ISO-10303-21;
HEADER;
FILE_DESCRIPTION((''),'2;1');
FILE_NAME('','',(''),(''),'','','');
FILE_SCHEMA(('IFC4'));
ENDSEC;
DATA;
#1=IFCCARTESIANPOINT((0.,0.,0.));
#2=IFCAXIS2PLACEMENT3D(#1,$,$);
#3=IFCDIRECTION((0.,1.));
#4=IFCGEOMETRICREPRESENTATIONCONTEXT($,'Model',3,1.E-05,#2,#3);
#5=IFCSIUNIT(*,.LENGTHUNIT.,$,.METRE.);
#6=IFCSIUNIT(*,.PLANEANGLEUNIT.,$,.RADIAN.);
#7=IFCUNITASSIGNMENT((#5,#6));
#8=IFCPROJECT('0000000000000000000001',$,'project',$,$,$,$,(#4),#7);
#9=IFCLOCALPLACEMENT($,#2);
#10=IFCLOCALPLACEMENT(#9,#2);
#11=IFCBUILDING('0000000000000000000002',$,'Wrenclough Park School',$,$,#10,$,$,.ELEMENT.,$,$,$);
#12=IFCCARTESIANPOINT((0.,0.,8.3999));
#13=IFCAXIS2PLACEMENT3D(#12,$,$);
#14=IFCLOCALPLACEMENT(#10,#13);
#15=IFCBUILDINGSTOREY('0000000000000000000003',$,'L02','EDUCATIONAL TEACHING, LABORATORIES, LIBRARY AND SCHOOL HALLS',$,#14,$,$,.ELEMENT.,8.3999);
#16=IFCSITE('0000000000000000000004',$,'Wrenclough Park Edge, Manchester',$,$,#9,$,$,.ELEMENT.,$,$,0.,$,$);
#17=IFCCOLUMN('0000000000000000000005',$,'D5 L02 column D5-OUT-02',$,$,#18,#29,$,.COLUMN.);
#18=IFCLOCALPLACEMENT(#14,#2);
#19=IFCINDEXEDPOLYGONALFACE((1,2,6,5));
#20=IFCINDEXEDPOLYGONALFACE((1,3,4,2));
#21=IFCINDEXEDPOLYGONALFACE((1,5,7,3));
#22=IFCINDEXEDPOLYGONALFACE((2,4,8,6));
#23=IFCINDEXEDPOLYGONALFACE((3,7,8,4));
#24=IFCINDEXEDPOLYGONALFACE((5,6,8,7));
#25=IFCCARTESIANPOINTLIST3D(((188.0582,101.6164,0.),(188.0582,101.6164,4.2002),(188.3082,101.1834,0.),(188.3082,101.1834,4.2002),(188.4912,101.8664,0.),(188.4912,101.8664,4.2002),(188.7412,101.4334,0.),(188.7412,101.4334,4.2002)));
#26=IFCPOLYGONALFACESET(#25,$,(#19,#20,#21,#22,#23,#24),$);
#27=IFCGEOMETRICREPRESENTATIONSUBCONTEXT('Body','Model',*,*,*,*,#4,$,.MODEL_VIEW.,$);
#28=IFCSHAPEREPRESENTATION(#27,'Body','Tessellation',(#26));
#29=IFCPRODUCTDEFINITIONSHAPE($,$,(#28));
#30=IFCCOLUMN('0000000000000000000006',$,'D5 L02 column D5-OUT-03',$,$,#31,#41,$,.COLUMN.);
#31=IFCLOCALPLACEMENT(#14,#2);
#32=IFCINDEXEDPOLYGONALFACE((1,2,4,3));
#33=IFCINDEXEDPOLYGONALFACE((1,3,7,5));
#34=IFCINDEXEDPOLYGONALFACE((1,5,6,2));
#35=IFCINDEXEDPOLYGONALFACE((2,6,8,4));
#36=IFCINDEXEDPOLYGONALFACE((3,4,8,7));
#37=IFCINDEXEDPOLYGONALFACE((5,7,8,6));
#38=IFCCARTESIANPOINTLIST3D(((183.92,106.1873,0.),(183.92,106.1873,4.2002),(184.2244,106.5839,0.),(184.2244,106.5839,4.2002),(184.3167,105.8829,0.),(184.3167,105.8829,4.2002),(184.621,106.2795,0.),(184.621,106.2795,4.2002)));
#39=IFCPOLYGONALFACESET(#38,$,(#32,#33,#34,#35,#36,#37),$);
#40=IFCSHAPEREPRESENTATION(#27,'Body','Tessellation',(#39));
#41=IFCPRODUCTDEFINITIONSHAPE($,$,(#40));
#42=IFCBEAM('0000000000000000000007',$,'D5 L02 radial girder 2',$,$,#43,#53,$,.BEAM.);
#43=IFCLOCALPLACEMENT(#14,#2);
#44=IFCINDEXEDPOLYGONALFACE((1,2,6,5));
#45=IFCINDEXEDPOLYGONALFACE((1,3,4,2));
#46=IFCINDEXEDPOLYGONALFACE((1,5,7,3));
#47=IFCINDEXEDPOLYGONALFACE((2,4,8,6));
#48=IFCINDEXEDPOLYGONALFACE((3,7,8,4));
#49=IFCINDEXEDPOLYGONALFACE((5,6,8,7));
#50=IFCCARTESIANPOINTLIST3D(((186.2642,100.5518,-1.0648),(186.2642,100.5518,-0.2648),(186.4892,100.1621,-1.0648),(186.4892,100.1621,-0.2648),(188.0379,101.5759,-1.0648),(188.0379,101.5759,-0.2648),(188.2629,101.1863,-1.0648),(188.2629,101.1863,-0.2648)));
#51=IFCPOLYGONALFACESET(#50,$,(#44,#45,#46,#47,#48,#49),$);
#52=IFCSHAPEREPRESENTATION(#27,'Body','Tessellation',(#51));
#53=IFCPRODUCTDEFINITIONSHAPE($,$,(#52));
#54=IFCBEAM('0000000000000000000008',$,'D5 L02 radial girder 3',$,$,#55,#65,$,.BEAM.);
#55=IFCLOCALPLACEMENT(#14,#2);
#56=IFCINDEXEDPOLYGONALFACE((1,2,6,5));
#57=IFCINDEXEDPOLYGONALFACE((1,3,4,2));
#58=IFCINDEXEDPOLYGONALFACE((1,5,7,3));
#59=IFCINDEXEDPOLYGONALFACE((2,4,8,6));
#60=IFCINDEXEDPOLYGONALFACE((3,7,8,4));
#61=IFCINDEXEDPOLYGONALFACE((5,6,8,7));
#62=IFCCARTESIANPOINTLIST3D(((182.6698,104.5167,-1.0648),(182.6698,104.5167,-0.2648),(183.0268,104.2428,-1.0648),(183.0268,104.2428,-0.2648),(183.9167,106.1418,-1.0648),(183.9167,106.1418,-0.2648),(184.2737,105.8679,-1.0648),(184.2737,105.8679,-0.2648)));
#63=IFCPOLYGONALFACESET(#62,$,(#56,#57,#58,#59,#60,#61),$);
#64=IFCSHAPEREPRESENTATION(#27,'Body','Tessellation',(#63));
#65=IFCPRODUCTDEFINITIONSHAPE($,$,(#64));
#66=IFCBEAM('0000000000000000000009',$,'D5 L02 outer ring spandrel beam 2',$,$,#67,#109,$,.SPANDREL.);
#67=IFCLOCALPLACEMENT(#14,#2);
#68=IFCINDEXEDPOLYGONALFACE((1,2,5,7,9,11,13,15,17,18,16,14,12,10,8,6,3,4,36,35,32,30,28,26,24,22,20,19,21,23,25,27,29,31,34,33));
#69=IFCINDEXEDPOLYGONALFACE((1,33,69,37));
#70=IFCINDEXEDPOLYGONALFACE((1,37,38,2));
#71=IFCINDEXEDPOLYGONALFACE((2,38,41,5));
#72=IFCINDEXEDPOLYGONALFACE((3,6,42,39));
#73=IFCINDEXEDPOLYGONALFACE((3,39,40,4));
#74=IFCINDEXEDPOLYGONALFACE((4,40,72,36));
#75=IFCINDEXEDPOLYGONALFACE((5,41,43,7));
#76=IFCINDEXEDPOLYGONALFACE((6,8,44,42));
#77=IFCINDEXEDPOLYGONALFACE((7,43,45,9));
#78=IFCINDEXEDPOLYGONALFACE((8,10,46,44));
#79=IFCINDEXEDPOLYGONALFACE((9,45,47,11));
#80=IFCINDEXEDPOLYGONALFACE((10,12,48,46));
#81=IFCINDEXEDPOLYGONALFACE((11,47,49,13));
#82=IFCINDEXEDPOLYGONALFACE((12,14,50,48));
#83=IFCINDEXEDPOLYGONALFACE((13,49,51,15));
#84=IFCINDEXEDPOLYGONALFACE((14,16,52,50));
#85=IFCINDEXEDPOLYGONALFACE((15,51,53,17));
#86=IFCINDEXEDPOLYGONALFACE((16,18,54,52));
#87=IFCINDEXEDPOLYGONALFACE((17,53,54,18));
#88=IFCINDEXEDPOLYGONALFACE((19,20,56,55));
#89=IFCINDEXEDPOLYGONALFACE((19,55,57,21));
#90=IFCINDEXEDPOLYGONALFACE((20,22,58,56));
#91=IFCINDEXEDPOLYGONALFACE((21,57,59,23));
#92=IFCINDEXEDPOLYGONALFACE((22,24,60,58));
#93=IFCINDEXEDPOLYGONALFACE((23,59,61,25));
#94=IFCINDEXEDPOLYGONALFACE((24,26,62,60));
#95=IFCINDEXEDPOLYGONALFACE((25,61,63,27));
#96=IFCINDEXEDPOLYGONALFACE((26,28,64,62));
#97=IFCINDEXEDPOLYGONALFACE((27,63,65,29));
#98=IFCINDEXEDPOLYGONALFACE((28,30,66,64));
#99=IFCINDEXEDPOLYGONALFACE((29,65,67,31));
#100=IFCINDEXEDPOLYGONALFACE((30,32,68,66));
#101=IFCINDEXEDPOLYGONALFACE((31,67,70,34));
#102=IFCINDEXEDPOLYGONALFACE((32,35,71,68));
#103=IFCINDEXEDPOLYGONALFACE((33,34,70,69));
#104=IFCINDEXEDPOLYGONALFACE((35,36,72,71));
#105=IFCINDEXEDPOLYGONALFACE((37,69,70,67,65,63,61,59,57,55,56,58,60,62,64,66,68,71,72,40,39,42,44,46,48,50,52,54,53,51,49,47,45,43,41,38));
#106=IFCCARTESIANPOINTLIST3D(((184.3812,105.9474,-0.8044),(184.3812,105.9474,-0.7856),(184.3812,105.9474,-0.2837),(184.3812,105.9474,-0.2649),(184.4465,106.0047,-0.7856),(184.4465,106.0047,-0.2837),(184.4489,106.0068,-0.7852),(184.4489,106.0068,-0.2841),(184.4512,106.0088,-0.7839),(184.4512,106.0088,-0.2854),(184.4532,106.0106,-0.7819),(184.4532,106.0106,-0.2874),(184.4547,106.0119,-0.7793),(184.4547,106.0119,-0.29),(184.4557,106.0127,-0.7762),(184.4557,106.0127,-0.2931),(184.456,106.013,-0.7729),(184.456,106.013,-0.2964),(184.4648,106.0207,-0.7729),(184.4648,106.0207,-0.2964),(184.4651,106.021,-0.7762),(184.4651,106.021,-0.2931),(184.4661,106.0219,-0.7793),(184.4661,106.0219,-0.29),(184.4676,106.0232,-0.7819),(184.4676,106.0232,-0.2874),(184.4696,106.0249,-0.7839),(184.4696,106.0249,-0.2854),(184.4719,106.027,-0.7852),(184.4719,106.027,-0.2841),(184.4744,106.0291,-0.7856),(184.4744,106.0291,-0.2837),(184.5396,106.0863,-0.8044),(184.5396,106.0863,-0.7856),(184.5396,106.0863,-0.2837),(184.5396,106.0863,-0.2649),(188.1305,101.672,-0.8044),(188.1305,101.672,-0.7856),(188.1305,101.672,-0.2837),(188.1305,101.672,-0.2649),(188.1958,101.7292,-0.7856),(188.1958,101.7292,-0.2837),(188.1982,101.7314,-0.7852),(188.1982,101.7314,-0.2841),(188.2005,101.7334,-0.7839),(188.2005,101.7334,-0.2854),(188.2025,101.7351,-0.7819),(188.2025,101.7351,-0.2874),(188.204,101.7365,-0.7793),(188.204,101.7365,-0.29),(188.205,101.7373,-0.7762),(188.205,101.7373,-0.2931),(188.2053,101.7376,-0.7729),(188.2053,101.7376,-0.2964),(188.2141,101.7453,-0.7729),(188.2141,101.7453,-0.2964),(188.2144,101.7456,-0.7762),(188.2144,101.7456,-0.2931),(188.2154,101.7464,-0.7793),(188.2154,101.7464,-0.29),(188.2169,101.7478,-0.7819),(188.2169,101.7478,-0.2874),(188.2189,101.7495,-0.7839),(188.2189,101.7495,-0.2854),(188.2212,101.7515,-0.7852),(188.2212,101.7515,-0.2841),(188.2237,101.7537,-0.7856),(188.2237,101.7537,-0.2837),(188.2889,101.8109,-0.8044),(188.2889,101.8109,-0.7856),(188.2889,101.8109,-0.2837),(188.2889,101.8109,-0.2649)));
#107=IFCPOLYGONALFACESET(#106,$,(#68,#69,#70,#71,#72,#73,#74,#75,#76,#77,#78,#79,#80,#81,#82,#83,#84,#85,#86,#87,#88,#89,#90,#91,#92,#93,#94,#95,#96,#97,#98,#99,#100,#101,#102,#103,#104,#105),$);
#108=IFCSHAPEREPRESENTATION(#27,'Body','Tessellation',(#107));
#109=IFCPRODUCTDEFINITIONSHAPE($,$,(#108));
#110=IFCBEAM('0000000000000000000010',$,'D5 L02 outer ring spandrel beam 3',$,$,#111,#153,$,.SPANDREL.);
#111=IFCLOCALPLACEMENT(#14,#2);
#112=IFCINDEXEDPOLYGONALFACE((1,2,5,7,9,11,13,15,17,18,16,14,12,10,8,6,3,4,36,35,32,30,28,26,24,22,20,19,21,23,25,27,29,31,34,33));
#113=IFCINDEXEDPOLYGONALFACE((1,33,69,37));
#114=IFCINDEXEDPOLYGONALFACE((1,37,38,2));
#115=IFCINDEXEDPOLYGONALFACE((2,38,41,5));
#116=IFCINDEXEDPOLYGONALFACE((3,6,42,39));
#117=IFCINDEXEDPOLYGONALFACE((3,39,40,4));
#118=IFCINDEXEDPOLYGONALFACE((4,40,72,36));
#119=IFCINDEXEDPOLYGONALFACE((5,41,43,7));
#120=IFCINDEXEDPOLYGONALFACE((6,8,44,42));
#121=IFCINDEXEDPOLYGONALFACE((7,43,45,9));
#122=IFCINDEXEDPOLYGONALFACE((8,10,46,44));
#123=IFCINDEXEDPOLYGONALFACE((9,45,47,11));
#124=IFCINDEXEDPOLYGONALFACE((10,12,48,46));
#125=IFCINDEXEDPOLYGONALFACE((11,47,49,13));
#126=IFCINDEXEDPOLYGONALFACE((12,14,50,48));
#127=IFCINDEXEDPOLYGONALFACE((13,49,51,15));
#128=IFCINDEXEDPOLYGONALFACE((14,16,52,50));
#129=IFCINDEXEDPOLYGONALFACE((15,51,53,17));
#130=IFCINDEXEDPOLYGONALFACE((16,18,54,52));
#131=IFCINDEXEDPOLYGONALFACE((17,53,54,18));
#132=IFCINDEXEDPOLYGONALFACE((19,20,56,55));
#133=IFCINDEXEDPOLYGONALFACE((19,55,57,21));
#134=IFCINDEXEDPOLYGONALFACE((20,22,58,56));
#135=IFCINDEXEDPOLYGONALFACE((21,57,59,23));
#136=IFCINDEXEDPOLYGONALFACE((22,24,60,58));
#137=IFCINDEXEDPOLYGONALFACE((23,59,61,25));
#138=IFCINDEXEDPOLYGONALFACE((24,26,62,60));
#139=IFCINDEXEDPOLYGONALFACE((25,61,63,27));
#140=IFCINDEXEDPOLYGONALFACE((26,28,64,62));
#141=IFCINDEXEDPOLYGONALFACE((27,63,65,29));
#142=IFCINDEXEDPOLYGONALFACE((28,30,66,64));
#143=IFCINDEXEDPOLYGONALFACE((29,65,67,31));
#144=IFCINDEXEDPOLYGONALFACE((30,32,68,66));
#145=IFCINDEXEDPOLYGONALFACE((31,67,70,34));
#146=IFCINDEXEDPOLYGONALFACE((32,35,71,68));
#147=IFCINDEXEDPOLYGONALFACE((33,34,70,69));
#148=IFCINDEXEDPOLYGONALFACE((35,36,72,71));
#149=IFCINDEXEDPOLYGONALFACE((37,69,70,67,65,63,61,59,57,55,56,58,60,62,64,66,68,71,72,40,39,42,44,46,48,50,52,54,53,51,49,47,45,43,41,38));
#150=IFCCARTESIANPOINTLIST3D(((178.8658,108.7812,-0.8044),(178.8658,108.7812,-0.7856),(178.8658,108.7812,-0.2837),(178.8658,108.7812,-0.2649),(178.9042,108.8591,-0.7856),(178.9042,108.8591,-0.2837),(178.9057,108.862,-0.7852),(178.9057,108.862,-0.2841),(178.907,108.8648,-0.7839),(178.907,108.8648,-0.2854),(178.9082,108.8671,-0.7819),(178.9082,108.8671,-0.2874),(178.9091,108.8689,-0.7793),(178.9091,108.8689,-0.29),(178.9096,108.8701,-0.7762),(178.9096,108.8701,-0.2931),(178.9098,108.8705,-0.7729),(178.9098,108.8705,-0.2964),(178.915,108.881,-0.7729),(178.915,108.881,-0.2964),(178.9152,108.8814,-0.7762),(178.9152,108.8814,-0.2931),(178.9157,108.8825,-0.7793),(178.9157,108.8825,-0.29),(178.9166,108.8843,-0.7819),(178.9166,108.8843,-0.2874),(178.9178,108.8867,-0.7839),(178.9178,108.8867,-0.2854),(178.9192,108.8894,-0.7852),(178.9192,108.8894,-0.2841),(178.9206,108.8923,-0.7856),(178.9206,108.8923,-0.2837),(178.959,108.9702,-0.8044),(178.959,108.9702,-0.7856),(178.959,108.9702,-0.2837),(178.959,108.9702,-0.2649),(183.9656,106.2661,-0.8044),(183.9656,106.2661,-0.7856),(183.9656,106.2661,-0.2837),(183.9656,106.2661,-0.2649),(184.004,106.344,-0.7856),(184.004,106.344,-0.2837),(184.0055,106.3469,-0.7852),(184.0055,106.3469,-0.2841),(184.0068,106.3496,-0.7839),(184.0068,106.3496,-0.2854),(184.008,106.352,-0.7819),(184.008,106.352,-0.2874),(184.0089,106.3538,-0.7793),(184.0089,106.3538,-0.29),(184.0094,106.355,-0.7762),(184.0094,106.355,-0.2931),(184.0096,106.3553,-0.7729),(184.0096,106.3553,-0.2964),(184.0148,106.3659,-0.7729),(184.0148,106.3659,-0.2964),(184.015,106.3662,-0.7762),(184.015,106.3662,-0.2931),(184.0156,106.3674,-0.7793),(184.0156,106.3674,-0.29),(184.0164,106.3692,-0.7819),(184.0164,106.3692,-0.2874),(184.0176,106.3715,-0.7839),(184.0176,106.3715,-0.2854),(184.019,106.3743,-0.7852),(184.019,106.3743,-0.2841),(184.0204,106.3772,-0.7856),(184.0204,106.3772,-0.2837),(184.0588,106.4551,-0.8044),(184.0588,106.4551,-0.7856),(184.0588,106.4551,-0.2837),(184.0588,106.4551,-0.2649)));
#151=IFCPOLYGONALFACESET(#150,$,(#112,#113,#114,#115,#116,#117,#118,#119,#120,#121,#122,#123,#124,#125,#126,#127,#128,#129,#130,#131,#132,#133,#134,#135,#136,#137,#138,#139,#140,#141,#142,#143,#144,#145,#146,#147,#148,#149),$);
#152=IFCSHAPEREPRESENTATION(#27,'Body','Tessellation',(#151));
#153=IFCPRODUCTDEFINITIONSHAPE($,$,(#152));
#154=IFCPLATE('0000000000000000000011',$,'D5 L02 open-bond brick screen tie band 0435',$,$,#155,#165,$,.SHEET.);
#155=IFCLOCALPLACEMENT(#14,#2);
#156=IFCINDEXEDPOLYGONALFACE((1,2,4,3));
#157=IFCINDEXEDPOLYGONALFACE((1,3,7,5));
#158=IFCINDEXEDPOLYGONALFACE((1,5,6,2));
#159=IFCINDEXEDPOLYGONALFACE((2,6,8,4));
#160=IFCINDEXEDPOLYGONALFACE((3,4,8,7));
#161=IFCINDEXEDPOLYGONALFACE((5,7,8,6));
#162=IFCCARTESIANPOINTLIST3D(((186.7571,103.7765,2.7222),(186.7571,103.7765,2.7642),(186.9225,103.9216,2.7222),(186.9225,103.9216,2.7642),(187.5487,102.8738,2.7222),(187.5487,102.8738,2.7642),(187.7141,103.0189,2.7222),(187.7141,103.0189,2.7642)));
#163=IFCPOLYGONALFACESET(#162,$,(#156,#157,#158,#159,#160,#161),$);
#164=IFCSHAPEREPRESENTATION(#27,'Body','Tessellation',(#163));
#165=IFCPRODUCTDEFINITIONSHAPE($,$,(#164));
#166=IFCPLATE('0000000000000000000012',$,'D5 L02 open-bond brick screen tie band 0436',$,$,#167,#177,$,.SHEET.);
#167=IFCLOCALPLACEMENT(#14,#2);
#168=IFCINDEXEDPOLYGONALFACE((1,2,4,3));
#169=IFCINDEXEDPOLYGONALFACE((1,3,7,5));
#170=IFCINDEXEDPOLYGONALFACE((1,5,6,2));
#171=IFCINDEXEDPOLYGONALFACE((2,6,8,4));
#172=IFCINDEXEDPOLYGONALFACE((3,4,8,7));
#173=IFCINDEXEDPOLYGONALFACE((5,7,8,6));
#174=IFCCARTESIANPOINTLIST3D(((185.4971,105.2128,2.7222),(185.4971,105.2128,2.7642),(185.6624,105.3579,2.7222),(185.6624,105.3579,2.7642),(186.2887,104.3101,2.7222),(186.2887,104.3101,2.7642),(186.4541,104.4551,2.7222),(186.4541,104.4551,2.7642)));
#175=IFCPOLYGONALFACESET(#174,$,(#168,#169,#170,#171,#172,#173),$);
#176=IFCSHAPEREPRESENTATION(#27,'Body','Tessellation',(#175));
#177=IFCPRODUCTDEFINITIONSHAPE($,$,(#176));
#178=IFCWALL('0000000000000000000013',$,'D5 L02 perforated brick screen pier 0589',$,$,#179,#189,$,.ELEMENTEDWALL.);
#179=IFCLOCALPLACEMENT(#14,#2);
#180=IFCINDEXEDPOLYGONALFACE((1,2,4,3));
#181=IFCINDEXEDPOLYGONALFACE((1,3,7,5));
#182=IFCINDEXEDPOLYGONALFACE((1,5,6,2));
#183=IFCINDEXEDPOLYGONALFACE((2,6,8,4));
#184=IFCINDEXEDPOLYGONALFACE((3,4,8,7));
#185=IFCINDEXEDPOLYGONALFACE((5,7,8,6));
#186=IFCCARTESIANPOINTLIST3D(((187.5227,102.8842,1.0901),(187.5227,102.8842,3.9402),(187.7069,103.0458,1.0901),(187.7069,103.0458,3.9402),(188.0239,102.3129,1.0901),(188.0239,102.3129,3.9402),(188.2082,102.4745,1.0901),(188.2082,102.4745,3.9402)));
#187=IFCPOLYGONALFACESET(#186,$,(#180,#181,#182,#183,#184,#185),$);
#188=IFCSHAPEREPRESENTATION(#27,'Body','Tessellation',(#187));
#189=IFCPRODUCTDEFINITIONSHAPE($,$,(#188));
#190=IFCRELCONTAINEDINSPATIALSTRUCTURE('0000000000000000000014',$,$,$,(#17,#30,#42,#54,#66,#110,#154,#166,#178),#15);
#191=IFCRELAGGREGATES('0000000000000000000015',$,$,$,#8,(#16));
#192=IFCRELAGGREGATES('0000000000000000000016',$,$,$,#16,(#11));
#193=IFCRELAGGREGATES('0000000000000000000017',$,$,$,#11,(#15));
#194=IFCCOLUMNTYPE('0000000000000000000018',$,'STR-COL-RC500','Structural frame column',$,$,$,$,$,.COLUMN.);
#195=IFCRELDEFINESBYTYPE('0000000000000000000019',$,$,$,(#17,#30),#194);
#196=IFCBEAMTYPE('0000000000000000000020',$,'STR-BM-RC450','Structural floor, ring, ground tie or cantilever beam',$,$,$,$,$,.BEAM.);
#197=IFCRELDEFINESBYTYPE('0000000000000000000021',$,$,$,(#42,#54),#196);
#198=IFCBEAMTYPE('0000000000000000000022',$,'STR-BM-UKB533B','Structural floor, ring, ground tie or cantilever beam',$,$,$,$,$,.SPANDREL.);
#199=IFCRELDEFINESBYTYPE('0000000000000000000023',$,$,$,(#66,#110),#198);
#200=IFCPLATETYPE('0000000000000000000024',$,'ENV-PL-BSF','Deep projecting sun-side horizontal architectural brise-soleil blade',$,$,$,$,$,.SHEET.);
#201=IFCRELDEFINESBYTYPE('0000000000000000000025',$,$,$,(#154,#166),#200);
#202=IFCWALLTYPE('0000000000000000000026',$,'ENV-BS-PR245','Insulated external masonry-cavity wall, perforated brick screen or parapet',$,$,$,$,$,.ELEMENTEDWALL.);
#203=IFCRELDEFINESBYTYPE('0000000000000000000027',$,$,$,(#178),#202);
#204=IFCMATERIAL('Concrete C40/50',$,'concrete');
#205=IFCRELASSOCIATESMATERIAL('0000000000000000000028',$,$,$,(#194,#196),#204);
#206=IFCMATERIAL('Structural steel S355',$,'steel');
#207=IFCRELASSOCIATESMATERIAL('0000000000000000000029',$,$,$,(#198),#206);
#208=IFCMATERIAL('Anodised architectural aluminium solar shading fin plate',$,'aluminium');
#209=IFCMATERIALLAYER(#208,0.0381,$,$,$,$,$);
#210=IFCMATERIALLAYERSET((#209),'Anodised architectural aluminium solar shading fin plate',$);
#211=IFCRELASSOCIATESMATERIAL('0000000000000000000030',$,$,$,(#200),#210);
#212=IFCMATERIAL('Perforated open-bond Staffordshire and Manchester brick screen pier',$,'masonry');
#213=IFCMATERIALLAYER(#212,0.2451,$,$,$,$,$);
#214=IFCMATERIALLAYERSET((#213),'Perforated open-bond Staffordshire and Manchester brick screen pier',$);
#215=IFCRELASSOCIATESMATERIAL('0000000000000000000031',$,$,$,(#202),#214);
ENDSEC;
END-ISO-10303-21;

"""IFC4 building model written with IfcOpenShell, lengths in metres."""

from ifc_helpers import new_model, si_unit, direction, frame, frame_2d, origin, origin_2d, place, context, subcontext, project, spatial, rectangle, i_section, extrude, material, layer, layer_set, material_profile, profile_set, type_object, element, save


model = new_model("IFC4")

# Units and contexts
model_context = context("Model", 3, precision=1e-05, world=origin(), true_north=direction((0.0, 1.0)))
body_context = subcontext(model_context, "Body", "Model", "MODEL_VIEW")
ifc_project = project(units=[si_unit("LENGTHUNIT", "METRE"), si_unit("PLANEANGLEUNIT", "RADIAN")], contexts=[model_context])

# Site, building, storey
site_placement = place(None, origin())
site = spatial("IfcSite", under=ifc_project, at=site_placement, Name="Wrenclough Park Edge, Manchester", CompositionType="ELEMENT", RefElevation=0.0)
building_placement = place(site_placement, origin())
building = spatial("IfcBuilding", under=site, at=building_placement, Name="Wrenclough Park School", CompositionType="ELEMENT")
storey_placement = place(building_placement, frame((0.0, 0.0, 8.3999)))
storey = spatial("IfcBuildingStorey", under=building, at=storey_placement, Name="L02", Description="EDUCATIONAL TEACHING, LABORATORIES, LIBRARY AND SCHOOL HALLS", CompositionType="ELEMENT", Elevation=8.3999)

# Columns
ifc_material_1 = material(Name="Concrete C40/50", Category="concrete")
ifc_material_profile_1 = material_profile(ifc_material_1, rectangle(XDim=0.5, YDim=0.5, at=origin_2d()), Name="RC COL 500x500")
ifc_profile_set_1 = profile_set([ifc_material_profile_1], Name="Concrete C40/50")
column_type = type_object("IfcColumnType", Name="STR-COL-RC500", Description="Structural frame column", PredefinedType="COLUMN", material=ifc_profile_set_1)
for number, where, z_axis, x_axis, name in (
    (1, (188.3997, 101.5249, 0.0), (0.0, 0.0, 1.0), (-0.5, 0.866025, 0.0), "D5 L02 column D5-OUT-02"),
    (2, (184.2705, 106.2334, 0.0), (0.0, 0.0, 1.0), (-0.793353, 0.608761, 0.0), "D5 L02 column D5-OUT-03"),
):
    element("IfcColumn", number, at=place(storey_placement, frame(where, z_axis=z_axis, x_axis=x_axis)), inside=storey, type_object=column_type, Name=name, PredefinedType="COLUMN", context=body_context, shape_type="SweptSolid", body=[
        extrude(rectangle(XDim=0.5, YDim=0.5, at=origin_2d()), origin(), (0.0, 0.0, 1.0), 4.2002),
    ])

# Beams
ifc_material_profile_2 = material_profile(ifc_material_1, rectangle(XDim=0.45, YDim=0.8, at=origin_2d()), Name="RC BEAM 450x800")
ifc_profile_set_2 = profile_set([ifc_material_profile_2], Name="Concrete C40/50")
beam_type_1 = type_object("IfcBeamType", Name="STR-BM-RC450", Description="Structural floor, ring, ground tie or cantilever beam", PredefinedType="BEAM", material=ifc_profile_set_2)
beam_1_placement = place(storey_placement, frame((188.1504, 101.3811, -0.6648), z_axis=(-0.865997, -0.500049, 0.0), x_axis=(0.500049, -0.865997, 0.0)))
element("IfcBeam", 3, at=beam_1_placement, inside=storey, type_object=beam_type_1, Name="D5 L02 radial girder 2", PredefinedType="BEAM", context=body_context, shape_type="SweptSolid", body=[
    extrude(rectangle(XDim=0.45, YDim=0.8, at=origin_2d()), origin(), (0.0, 0.0, 1.0), 2.0481),
])
beam_2_placement = place(storey_placement, frame((184.0952, 106.0049, -0.6648), z_axis=(-0.608737, -0.793372, 0.0), x_axis=(0.793372, -0.608737, 0.0)))
element("IfcBeam", 4, at=beam_2_placement, inside=storey, type_object=beam_type_1, Name="D5 L02 radial girder 3", PredefinedType="BEAM", context=body_context, shape_type="SweptSolid", body=[
    extrude(rectangle(XDim=0.45, YDim=0.8, at=origin_2d()), origin(), (0.0, 0.0, 1.0), 2.0483),
])
ifc_material_2 = material(Name="Structural steel S355", Category="steel")
ifc_material_profile_3 = material_profile(ifc_material_2, i_section(OverallWidth=0.2107, OverallDepth=0.5396, WebThickness=0.0117, FlangeThickness=0.0188, FilletRadius=0.0127, at=origin_2d()), Name="UKB 533x210x109")
ifc_profile_set_3 = profile_set([ifc_material_profile_3], Name="Structural steel S355")
beam_type_2 = type_object("IfcBeamType", Name="STR-BM-UKB533B", Description="Structural floor, ring, ground tie or cantilever beam", PredefinedType="SPANDREL", material=ifc_profile_set_3)
beam_3_placement = place(storey_placement, frame((188.2097, 101.7415, -0.5347), z_axis=(-0.659331, 0.751853, 0.0), x_axis=(-0.751853, -0.659331, 0.0)))
element("IfcBeam", 5, at=beam_3_placement, inside=storey, type_object=beam_type_2, Name="D5 L02 outer ring spandrel beam 2", PredefinedType="SPANDREL", context=body_context, shape_type="SweptSolid", body=[
    extrude(i_section(OverallWidth=0.2107, OverallDepth=0.5396, WebThickness=0.0117, FlangeThickness=0.0188, FilletRadius=0.0127, at=origin_2d()), origin(), (0.0, 0.0, 1.0), 5.6865),
])
beam_4_placement = place(storey_placement, frame((184.0122, 106.3606, -0.5347), z_axis=(-0.896861, 0.442312, 0.0), x_axis=(-0.442312, -0.896861, 0.0)))
element("IfcBeam", 6, at=beam_4_placement, inside=storey, type_object=beam_type_2, Name="D5 L02 outer ring spandrel beam 3", PredefinedType="SPANDREL", context=body_context, shape_type="SweptSolid", body=[
    extrude(i_section(OverallWidth=0.2107, OverallDepth=0.5396, WebThickness=0.0117, FlangeThickness=0.0188, FilletRadius=0.0127, at=origin_2d()), origin(), (0.0, 0.0, 1.0), 5.6863),
])

# Plates
ifc_material_3 = material(Name="Anodised architectural aluminium solar shading fin plate", Category="aluminium")
ifc_layer_1 = layer(ifc_material_3, 0.0381)
ifc_layer_set_1 = layer_set([ifc_layer_1], Name="Anodised architectural aluminium solar shading fin plate")
plate_type = type_object("IfcPlateType", Name="ENV-PL-BSF", Description="Deep projecting sun-side horizontal architectural brise-soleil blade", PredefinedType="SHEET", material=ifc_layer_set_1)
for number, where, z_axis, x_axis, name in (
    (7, (187.2356, 103.3977, 2.7222), (0.0, 0.0, 1.0), (-0.659344, 0.751841, 0.0), "D5 L02 open-bond brick screen tie band 0435"),
    (8, (185.9756, 104.834, 2.7222), (0.0, 0.0, 1.0), (-0.659344, 0.751841, 0.0), "D5 L02 open-bond brick screen tie band 0436"),
):
    element("IfcPlate", number, at=place(storey_placement, frame(where, z_axis=z_axis, x_axis=x_axis)), inside=storey, type_object=plate_type, Name=name, PredefinedType="SHEET", context=body_context, shape_type="SweptSolid", body=[
        extrude(rectangle(XDim=1.2007, YDim=0.22, at=origin_2d()), origin(), (0.0, 0.0, 1.0), 0.042),
    ])

# Wall
ifc_material_4 = material(Name="Perforated open-bond Staffordshire and Manchester brick screen pier", Category="masonry")
ifc_layer_2 = layer(ifc_material_4, 0.2451)
ifc_layer_set_2 = layer_set([ifc_layer_2], Name="Perforated open-bond Staffordshire and Manchester brick screen pier")
wall_type_1 = type_object("IfcWallType", Name="ENV-BS-PR245", Description="Insulated external masonry-cavity wall, perforated brick screen or parapet", PredefinedType="ELEMENTEDWALL", material=ifc_layer_set_2)
wall_1_placement = place(storey_placement, frame((188.116, 102.3938, 1.0901), z_axis=(0.0, 0.0, 1.0), x_axis=(-0.659505, 0.7517, 0.0)))
element("IfcWall", 9, at=wall_1_placement, inside=storey, type_object=wall_type_1, Name="D5 L02 perforated brick screen pier 0589", PredefinedType="ELEMENTEDWALL", context=body_context, shape_type="SweptSolid", body=[
    extrude(rectangle(XDim=0.76, YDim=0.2451, at=frame_2d((0.3799, 0.0))), origin(), (0.0, 0.0, 1.0), 2.8501),
])

save(model, "model.ifc")
